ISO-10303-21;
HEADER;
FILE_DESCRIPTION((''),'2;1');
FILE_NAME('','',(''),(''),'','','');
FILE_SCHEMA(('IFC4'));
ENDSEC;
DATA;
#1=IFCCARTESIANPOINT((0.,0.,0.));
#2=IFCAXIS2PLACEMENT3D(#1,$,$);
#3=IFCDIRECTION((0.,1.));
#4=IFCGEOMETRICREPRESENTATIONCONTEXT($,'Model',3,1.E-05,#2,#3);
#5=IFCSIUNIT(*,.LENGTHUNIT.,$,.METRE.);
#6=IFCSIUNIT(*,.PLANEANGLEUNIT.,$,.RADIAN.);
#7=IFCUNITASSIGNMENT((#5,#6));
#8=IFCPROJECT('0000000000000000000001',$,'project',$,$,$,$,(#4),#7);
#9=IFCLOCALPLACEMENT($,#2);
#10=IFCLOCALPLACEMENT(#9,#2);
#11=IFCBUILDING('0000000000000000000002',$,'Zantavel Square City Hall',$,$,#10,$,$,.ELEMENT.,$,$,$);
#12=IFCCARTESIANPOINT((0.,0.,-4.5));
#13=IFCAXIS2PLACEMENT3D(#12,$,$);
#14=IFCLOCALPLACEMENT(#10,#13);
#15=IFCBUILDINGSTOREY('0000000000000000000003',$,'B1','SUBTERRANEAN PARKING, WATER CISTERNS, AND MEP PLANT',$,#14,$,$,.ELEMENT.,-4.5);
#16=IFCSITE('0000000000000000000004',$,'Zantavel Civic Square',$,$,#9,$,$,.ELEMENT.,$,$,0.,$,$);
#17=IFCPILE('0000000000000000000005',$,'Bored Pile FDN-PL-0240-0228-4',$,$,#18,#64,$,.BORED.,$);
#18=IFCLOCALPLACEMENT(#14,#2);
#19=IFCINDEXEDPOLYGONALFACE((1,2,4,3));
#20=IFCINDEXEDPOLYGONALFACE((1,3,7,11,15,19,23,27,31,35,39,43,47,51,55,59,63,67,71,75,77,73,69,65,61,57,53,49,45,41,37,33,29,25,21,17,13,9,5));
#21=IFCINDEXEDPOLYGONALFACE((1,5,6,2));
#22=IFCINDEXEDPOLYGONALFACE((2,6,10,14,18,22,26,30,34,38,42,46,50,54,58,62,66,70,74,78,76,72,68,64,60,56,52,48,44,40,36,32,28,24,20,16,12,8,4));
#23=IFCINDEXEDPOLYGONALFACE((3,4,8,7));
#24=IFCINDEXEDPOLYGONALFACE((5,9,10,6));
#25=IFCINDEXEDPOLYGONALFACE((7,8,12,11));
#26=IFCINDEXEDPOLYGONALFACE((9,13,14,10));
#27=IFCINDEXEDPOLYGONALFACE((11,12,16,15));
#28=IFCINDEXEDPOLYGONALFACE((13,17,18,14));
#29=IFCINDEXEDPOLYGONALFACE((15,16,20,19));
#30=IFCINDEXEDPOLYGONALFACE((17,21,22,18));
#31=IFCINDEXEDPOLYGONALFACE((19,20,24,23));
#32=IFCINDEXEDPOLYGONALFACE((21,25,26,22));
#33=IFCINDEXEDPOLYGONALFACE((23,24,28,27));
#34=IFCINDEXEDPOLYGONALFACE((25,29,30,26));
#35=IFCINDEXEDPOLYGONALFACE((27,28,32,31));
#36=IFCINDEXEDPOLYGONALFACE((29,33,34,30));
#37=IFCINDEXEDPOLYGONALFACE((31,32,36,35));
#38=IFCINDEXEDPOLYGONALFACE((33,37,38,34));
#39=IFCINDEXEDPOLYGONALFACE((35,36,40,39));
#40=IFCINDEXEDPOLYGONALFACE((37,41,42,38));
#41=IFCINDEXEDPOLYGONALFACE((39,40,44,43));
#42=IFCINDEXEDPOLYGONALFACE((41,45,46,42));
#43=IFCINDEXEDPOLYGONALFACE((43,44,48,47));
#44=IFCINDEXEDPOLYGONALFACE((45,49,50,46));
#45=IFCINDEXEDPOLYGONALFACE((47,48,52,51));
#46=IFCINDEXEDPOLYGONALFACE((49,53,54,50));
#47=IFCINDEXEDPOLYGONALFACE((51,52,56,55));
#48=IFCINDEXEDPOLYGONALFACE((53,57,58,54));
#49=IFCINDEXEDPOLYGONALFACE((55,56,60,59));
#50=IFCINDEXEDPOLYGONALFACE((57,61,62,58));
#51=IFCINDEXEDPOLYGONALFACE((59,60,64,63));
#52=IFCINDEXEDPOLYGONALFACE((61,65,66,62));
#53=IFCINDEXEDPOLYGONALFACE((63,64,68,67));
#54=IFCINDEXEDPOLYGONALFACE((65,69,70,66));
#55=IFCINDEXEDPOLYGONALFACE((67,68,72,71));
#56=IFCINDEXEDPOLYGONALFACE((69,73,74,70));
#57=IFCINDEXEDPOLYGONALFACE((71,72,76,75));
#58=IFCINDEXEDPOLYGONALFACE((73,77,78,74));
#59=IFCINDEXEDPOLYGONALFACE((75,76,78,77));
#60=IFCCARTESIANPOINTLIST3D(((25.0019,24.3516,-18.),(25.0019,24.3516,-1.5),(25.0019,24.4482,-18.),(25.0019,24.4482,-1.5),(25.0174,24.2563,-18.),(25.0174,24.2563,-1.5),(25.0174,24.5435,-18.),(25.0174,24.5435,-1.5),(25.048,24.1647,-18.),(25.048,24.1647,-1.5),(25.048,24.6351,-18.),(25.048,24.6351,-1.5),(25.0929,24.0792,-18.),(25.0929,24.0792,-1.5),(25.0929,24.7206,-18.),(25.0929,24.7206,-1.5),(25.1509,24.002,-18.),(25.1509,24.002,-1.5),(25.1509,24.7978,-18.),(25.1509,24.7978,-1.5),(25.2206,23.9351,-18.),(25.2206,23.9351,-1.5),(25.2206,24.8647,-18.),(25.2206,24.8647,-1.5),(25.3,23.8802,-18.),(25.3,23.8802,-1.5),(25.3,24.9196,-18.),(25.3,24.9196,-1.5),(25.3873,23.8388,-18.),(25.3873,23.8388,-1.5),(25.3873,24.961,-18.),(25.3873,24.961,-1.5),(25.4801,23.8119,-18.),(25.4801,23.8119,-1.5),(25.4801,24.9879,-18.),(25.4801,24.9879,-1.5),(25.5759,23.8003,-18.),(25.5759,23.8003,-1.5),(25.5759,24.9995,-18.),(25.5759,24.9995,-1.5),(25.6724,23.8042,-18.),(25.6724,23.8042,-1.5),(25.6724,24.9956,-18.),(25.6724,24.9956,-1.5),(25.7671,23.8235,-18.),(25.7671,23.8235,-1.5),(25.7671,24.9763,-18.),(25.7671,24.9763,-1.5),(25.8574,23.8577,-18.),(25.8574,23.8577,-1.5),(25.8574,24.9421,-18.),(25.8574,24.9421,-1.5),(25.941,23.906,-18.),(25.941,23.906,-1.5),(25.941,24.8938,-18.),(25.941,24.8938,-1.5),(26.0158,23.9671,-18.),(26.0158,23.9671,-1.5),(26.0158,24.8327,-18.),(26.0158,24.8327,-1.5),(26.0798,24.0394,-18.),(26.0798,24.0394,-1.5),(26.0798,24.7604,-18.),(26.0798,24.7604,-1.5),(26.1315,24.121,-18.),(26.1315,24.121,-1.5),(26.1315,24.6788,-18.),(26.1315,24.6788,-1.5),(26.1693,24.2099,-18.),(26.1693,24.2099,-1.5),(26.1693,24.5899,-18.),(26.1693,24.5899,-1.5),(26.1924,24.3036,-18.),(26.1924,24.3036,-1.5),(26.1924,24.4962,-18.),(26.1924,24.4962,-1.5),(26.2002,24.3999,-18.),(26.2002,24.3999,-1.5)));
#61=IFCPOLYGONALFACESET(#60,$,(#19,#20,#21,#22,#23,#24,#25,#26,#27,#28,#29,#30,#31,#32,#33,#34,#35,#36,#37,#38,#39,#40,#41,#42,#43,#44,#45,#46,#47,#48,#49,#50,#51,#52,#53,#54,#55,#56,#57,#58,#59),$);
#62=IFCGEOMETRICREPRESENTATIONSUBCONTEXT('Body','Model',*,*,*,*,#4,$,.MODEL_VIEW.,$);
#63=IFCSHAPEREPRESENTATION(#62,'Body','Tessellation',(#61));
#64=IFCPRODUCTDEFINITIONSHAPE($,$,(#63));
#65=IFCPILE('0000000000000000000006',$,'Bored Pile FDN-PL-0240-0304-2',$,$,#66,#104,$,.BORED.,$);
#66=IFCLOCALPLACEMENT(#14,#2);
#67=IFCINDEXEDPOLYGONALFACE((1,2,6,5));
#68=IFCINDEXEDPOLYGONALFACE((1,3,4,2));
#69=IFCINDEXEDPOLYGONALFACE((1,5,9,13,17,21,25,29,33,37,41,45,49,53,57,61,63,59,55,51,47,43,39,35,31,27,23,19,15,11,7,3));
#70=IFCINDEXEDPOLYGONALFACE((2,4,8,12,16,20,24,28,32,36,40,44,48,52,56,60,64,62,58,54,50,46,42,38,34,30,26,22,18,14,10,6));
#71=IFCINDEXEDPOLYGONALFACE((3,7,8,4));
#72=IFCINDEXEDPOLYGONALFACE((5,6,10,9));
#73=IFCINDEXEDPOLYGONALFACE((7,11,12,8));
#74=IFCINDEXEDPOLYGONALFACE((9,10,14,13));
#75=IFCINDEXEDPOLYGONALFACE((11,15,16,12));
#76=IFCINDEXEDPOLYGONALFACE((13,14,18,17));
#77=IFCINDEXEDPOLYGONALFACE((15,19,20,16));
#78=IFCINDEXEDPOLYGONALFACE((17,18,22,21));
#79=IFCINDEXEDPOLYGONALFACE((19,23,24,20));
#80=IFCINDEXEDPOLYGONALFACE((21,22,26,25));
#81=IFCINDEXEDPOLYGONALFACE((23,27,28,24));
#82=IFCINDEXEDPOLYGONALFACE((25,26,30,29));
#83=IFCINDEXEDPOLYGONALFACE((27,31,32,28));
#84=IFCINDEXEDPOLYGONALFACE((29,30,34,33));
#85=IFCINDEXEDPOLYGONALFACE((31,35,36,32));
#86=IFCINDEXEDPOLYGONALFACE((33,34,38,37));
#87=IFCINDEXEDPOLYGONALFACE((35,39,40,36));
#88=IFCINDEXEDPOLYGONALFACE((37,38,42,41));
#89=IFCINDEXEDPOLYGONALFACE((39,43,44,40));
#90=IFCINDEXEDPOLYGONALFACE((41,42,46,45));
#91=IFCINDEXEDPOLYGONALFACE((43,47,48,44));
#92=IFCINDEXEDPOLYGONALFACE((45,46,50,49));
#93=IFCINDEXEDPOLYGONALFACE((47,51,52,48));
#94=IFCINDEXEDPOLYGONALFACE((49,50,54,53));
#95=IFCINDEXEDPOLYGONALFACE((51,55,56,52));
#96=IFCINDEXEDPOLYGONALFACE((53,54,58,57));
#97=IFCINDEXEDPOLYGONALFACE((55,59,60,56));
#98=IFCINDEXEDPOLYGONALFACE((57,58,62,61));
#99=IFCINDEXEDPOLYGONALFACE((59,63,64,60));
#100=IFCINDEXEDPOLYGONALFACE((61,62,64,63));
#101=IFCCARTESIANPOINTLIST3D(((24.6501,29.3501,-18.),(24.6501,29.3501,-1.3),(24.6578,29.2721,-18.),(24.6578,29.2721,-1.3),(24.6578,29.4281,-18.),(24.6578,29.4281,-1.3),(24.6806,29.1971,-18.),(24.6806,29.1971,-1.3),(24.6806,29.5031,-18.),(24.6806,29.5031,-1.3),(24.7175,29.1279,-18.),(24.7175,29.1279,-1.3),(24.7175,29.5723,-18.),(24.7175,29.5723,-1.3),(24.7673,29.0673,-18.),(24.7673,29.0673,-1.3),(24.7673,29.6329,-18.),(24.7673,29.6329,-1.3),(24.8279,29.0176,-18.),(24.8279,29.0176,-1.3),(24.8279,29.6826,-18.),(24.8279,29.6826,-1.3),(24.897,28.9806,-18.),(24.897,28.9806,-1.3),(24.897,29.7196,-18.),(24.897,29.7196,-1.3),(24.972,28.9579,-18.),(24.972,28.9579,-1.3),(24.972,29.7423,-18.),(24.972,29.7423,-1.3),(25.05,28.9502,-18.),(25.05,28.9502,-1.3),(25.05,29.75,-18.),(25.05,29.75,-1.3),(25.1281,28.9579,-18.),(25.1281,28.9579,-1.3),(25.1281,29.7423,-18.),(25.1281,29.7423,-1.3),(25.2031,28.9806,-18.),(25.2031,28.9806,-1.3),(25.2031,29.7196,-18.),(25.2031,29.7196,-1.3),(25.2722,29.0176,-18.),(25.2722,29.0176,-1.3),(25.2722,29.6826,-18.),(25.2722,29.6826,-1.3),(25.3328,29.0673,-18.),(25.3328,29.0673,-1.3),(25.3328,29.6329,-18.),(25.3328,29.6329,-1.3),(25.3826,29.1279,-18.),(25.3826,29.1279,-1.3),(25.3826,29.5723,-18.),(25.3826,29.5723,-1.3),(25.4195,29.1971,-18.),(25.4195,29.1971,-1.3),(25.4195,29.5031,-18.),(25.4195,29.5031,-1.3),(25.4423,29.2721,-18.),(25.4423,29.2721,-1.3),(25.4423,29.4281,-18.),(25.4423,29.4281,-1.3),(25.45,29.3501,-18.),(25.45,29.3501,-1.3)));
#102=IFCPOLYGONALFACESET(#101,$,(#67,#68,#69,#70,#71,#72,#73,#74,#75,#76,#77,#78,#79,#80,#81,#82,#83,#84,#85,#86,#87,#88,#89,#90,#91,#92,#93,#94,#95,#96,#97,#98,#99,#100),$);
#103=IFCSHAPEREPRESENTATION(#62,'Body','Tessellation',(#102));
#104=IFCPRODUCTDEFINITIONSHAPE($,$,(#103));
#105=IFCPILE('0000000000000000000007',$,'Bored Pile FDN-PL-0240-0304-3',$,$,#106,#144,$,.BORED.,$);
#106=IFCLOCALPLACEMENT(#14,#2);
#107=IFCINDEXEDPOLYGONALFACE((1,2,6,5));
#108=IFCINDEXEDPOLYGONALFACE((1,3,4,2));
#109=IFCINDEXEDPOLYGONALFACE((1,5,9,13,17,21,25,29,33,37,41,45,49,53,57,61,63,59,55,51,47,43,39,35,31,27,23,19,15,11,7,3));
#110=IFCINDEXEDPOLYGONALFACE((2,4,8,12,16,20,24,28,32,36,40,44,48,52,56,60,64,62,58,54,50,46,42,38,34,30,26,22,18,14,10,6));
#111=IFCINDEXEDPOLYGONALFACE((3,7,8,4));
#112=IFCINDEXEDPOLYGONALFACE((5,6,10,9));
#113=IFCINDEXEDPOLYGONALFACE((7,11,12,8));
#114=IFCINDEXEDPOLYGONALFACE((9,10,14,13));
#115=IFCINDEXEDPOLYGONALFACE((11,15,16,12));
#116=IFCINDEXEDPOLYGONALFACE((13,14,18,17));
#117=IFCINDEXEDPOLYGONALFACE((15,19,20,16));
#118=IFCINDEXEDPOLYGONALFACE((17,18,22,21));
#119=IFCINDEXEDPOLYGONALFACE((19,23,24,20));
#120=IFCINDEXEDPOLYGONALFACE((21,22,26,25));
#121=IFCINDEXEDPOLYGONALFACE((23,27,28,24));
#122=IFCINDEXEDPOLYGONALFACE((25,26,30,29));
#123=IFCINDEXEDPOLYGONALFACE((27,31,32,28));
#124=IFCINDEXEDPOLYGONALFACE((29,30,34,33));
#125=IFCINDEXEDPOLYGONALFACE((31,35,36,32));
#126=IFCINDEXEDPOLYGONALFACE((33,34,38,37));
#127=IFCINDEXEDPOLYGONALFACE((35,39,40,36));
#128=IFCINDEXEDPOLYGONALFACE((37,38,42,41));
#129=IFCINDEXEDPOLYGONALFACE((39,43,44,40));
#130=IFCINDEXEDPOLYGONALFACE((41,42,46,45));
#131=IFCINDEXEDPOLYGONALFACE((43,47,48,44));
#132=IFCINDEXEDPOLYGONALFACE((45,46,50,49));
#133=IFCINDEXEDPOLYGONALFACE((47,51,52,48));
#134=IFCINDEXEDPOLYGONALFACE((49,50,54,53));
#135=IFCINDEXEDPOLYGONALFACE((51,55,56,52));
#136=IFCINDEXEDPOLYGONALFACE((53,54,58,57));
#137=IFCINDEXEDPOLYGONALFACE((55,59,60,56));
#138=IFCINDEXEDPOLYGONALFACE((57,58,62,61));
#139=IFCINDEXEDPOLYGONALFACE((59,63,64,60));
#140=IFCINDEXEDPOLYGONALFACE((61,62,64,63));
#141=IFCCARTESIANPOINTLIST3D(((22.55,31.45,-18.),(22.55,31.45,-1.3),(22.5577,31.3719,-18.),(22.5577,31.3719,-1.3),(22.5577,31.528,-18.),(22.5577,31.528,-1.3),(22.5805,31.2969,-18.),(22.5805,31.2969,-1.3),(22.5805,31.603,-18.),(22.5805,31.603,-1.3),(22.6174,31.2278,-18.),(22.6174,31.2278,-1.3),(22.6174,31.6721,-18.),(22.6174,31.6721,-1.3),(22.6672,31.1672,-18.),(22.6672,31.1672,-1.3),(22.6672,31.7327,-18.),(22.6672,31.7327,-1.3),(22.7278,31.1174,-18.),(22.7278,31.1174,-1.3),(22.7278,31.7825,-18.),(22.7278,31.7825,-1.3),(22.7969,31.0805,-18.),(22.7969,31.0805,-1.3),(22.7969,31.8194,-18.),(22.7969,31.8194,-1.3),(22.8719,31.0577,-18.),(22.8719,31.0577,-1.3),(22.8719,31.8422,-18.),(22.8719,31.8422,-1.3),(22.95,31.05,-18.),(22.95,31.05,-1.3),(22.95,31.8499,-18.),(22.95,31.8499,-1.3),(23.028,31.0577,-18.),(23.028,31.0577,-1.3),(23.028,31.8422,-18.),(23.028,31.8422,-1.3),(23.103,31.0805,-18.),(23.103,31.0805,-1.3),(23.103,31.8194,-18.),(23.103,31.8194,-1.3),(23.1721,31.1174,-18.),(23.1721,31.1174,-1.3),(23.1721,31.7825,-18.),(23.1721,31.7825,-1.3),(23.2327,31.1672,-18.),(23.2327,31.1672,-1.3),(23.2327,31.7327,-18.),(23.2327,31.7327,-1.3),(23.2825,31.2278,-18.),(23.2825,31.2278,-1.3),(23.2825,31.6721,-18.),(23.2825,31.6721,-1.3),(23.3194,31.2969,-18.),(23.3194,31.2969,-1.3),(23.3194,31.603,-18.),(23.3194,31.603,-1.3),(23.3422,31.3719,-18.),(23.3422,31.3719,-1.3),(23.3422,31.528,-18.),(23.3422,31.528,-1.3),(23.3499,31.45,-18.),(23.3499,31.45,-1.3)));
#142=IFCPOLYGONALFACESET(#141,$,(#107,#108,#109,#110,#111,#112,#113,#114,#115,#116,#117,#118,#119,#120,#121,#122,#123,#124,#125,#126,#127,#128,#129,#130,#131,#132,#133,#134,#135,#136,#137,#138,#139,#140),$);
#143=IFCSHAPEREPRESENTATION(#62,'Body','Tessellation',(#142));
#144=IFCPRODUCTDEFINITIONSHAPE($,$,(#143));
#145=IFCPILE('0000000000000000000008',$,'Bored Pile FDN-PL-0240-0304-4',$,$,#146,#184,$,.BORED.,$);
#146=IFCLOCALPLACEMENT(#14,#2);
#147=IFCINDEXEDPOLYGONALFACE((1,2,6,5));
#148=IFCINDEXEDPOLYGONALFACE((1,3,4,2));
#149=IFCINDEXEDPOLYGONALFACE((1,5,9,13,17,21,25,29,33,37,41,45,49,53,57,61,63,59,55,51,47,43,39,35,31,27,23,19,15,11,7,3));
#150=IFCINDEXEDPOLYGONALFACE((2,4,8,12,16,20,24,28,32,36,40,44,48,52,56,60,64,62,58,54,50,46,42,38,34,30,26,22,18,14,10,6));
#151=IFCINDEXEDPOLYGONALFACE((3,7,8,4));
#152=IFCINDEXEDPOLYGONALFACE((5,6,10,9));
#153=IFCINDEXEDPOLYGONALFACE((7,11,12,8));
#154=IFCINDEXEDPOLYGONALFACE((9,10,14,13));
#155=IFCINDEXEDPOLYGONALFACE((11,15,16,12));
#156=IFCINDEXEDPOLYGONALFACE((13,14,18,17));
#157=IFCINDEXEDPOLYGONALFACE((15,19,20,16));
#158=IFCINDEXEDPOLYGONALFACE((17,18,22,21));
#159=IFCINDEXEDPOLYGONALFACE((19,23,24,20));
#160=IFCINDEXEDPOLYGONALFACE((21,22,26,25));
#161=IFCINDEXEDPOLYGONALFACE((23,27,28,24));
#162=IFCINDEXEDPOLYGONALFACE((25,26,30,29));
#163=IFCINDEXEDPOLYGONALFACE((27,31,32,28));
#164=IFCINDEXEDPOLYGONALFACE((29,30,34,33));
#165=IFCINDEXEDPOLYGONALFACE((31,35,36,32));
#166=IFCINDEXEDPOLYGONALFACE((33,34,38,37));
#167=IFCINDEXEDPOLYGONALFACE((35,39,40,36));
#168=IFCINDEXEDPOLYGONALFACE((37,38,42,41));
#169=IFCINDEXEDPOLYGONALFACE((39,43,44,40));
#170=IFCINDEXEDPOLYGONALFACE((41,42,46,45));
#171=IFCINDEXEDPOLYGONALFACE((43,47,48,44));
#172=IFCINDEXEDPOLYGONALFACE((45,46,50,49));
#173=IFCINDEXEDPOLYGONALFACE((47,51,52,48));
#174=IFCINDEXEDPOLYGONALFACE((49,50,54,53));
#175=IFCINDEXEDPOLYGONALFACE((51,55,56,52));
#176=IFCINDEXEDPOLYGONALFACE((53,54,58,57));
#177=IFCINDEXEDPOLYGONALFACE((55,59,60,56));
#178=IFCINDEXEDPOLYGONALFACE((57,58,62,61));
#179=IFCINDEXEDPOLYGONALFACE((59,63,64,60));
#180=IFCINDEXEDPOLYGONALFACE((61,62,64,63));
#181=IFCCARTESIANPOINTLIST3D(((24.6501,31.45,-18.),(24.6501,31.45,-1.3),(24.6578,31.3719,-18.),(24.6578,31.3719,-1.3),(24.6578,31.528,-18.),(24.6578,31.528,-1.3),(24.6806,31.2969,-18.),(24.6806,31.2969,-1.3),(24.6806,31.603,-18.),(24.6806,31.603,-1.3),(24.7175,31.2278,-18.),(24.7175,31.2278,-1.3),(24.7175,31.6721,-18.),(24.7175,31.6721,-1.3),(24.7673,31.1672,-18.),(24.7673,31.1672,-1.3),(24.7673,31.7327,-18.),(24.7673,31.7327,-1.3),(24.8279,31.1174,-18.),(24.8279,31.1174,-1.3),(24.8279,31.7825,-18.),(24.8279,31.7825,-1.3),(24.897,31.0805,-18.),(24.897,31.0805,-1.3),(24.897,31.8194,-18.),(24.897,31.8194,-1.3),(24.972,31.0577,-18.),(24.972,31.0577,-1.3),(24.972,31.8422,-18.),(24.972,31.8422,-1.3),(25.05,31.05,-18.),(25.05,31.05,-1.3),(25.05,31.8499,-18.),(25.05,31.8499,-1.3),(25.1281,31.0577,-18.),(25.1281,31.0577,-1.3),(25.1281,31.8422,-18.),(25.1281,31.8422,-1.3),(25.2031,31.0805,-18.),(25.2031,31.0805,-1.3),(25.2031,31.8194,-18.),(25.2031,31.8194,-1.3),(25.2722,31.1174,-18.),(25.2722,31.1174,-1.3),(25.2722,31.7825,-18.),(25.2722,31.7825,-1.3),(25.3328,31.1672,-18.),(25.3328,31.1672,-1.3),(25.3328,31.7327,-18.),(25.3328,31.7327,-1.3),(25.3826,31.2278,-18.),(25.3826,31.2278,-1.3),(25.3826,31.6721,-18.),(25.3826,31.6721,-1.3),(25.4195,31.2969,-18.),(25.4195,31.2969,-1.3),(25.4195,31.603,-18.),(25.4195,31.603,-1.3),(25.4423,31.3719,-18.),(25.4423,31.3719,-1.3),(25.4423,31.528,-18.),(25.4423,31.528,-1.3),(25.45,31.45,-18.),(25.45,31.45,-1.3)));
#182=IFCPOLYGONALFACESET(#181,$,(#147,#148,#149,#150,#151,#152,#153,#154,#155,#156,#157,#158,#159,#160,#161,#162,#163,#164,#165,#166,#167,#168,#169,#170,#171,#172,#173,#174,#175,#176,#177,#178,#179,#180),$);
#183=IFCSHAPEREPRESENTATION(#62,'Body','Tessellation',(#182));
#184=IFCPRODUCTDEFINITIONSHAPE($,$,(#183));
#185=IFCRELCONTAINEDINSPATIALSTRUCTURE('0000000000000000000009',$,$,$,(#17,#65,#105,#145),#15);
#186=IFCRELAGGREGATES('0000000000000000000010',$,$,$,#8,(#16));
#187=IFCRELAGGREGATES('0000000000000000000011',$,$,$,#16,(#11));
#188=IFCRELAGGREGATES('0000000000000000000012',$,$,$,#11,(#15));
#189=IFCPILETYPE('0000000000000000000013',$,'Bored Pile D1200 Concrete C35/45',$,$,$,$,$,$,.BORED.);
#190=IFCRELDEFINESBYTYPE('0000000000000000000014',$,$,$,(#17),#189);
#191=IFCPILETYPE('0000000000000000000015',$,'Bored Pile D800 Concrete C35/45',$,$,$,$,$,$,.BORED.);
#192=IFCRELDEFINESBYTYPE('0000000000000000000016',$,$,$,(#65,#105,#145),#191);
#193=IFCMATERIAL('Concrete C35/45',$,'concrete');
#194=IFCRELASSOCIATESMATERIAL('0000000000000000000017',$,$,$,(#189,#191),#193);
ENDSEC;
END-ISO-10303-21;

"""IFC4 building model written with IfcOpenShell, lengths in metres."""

from ifc_helpers import new_model, si_unit, direction, frame, origin, origin_2d, place, context, subcontext, project, spatial, circle, extrude, material, material_profile, profile_set, type_object, element, save


model = new_model("IFC4")

# Units and contexts
model_context = context("Model", 3, precision=1e-05, world=origin(), true_north=direction((0.0, 1.0)))
body_context = subcontext(model_context, "Body", "Model", "MODEL_VIEW")
ifc_project = project(units=[si_unit("LENGTHUNIT", "METRE"), si_unit("PLANEANGLEUNIT", "RADIAN")], contexts=[model_context])

# Site, building, storey
site_placement = place(None, origin())
site = spatial("IfcSite", under=ifc_project, at=site_placement, Name="Zantavel Civic Square", CompositionType="ELEMENT", RefElevation=0.0)
building_placement = place(site_placement, origin())
building = spatial("IfcBuilding", under=site, at=building_placement, Name="Zantavel Square City Hall", CompositionType="ELEMENT")
storey_placement = place(building_placement, frame((0.0, 0.0, -4.5)))
storey = spatial("IfcBuildingStorey", under=building, at=storey_placement, Name="B1", Description="SUBTERRANEAN PARKING, WATER CISTERNS, AND MEP PLANT", CompositionType="ELEMENT", Elevation=-4.5)

# Piles
ifc_material_1 = material(Name="Concrete C35/45", Category="concrete")
ifc_material_profile_1 = material_profile(ifc_material_1, circle(Radius=0.6001, at=origin_2d()), Name="PILE D1200")
ifc_profile_set_1 = profile_set([ifc_material_profile_1], Name="Concrete C35/45")
pile_type_1 = type_object("IfcPileType", Name="Bored Pile D1200 Concrete C35/45", PredefinedType="BORED", material=ifc_profile_set_1)
pile_placement = place(storey_placement, frame((25.6001, 24.3999, -1.5), z_axis=(0.0, 0.0, -1.0), x_axis=(1.0, 0.0, 0.0)))
element("IfcPile", 1, at=pile_placement, inside=storey, type_object=pile_type_1, Name="Bored Pile FDN-PL-0240-0228-4", PredefinedType="BORED", context=body_context, shape_type="SweptSolid", body=[
    extrude(circle(Radius=0.6001, at=origin_2d()), origin(), (0.0, 0.0, 1.0), 16.5),
])
ifc_material_profile_2 = material_profile(ifc_material_1, circle(Radius=0.3999, at=origin_2d()), Name="PILE D800")
ifc_profile_set_2 = profile_set([ifc_material_profile_2], Name="Concrete C35/45")
pile_type_2 = type_object("IfcPileType", Name="Bored Pile D800 Concrete C35/45", PredefinedType="BORED", material=ifc_profile_set_2)
for number, where, z_axis, x_axis, name in (
    (2, (25.05, 29.3501, -1.3), (0.0, 0.0, -1.0), (1.0, 0.0, 0.0), "Bored Pile FDN-PL-0240-0304-2"),
    (3, (22.95, 31.45, -1.3), (0.0, 0.0, -1.0), (1.0, 0.0, 0.0), "Bored Pile FDN-PL-0240-0304-3"),
    (4, (25.05, 31.45, -1.3), (0.0, 0.0, -1.0), (1.0, 0.0, 0.0), "Bored Pile FDN-PL-0240-0304-4"),
):
    element("IfcPile", number, at=place(storey_placement, frame(where, z_axis=z_axis, x_axis=x_axis)), inside=storey, type_object=pile_type_2, Name=name, PredefinedType="BORED", context=body_context, shape_type="SweptSolid", body=[
        extrude(circle(Radius=0.3999, at=origin_2d()), origin(), (0.0, 0.0, 1.0), 16.7),
    ])

save(model, "model.ifc")
